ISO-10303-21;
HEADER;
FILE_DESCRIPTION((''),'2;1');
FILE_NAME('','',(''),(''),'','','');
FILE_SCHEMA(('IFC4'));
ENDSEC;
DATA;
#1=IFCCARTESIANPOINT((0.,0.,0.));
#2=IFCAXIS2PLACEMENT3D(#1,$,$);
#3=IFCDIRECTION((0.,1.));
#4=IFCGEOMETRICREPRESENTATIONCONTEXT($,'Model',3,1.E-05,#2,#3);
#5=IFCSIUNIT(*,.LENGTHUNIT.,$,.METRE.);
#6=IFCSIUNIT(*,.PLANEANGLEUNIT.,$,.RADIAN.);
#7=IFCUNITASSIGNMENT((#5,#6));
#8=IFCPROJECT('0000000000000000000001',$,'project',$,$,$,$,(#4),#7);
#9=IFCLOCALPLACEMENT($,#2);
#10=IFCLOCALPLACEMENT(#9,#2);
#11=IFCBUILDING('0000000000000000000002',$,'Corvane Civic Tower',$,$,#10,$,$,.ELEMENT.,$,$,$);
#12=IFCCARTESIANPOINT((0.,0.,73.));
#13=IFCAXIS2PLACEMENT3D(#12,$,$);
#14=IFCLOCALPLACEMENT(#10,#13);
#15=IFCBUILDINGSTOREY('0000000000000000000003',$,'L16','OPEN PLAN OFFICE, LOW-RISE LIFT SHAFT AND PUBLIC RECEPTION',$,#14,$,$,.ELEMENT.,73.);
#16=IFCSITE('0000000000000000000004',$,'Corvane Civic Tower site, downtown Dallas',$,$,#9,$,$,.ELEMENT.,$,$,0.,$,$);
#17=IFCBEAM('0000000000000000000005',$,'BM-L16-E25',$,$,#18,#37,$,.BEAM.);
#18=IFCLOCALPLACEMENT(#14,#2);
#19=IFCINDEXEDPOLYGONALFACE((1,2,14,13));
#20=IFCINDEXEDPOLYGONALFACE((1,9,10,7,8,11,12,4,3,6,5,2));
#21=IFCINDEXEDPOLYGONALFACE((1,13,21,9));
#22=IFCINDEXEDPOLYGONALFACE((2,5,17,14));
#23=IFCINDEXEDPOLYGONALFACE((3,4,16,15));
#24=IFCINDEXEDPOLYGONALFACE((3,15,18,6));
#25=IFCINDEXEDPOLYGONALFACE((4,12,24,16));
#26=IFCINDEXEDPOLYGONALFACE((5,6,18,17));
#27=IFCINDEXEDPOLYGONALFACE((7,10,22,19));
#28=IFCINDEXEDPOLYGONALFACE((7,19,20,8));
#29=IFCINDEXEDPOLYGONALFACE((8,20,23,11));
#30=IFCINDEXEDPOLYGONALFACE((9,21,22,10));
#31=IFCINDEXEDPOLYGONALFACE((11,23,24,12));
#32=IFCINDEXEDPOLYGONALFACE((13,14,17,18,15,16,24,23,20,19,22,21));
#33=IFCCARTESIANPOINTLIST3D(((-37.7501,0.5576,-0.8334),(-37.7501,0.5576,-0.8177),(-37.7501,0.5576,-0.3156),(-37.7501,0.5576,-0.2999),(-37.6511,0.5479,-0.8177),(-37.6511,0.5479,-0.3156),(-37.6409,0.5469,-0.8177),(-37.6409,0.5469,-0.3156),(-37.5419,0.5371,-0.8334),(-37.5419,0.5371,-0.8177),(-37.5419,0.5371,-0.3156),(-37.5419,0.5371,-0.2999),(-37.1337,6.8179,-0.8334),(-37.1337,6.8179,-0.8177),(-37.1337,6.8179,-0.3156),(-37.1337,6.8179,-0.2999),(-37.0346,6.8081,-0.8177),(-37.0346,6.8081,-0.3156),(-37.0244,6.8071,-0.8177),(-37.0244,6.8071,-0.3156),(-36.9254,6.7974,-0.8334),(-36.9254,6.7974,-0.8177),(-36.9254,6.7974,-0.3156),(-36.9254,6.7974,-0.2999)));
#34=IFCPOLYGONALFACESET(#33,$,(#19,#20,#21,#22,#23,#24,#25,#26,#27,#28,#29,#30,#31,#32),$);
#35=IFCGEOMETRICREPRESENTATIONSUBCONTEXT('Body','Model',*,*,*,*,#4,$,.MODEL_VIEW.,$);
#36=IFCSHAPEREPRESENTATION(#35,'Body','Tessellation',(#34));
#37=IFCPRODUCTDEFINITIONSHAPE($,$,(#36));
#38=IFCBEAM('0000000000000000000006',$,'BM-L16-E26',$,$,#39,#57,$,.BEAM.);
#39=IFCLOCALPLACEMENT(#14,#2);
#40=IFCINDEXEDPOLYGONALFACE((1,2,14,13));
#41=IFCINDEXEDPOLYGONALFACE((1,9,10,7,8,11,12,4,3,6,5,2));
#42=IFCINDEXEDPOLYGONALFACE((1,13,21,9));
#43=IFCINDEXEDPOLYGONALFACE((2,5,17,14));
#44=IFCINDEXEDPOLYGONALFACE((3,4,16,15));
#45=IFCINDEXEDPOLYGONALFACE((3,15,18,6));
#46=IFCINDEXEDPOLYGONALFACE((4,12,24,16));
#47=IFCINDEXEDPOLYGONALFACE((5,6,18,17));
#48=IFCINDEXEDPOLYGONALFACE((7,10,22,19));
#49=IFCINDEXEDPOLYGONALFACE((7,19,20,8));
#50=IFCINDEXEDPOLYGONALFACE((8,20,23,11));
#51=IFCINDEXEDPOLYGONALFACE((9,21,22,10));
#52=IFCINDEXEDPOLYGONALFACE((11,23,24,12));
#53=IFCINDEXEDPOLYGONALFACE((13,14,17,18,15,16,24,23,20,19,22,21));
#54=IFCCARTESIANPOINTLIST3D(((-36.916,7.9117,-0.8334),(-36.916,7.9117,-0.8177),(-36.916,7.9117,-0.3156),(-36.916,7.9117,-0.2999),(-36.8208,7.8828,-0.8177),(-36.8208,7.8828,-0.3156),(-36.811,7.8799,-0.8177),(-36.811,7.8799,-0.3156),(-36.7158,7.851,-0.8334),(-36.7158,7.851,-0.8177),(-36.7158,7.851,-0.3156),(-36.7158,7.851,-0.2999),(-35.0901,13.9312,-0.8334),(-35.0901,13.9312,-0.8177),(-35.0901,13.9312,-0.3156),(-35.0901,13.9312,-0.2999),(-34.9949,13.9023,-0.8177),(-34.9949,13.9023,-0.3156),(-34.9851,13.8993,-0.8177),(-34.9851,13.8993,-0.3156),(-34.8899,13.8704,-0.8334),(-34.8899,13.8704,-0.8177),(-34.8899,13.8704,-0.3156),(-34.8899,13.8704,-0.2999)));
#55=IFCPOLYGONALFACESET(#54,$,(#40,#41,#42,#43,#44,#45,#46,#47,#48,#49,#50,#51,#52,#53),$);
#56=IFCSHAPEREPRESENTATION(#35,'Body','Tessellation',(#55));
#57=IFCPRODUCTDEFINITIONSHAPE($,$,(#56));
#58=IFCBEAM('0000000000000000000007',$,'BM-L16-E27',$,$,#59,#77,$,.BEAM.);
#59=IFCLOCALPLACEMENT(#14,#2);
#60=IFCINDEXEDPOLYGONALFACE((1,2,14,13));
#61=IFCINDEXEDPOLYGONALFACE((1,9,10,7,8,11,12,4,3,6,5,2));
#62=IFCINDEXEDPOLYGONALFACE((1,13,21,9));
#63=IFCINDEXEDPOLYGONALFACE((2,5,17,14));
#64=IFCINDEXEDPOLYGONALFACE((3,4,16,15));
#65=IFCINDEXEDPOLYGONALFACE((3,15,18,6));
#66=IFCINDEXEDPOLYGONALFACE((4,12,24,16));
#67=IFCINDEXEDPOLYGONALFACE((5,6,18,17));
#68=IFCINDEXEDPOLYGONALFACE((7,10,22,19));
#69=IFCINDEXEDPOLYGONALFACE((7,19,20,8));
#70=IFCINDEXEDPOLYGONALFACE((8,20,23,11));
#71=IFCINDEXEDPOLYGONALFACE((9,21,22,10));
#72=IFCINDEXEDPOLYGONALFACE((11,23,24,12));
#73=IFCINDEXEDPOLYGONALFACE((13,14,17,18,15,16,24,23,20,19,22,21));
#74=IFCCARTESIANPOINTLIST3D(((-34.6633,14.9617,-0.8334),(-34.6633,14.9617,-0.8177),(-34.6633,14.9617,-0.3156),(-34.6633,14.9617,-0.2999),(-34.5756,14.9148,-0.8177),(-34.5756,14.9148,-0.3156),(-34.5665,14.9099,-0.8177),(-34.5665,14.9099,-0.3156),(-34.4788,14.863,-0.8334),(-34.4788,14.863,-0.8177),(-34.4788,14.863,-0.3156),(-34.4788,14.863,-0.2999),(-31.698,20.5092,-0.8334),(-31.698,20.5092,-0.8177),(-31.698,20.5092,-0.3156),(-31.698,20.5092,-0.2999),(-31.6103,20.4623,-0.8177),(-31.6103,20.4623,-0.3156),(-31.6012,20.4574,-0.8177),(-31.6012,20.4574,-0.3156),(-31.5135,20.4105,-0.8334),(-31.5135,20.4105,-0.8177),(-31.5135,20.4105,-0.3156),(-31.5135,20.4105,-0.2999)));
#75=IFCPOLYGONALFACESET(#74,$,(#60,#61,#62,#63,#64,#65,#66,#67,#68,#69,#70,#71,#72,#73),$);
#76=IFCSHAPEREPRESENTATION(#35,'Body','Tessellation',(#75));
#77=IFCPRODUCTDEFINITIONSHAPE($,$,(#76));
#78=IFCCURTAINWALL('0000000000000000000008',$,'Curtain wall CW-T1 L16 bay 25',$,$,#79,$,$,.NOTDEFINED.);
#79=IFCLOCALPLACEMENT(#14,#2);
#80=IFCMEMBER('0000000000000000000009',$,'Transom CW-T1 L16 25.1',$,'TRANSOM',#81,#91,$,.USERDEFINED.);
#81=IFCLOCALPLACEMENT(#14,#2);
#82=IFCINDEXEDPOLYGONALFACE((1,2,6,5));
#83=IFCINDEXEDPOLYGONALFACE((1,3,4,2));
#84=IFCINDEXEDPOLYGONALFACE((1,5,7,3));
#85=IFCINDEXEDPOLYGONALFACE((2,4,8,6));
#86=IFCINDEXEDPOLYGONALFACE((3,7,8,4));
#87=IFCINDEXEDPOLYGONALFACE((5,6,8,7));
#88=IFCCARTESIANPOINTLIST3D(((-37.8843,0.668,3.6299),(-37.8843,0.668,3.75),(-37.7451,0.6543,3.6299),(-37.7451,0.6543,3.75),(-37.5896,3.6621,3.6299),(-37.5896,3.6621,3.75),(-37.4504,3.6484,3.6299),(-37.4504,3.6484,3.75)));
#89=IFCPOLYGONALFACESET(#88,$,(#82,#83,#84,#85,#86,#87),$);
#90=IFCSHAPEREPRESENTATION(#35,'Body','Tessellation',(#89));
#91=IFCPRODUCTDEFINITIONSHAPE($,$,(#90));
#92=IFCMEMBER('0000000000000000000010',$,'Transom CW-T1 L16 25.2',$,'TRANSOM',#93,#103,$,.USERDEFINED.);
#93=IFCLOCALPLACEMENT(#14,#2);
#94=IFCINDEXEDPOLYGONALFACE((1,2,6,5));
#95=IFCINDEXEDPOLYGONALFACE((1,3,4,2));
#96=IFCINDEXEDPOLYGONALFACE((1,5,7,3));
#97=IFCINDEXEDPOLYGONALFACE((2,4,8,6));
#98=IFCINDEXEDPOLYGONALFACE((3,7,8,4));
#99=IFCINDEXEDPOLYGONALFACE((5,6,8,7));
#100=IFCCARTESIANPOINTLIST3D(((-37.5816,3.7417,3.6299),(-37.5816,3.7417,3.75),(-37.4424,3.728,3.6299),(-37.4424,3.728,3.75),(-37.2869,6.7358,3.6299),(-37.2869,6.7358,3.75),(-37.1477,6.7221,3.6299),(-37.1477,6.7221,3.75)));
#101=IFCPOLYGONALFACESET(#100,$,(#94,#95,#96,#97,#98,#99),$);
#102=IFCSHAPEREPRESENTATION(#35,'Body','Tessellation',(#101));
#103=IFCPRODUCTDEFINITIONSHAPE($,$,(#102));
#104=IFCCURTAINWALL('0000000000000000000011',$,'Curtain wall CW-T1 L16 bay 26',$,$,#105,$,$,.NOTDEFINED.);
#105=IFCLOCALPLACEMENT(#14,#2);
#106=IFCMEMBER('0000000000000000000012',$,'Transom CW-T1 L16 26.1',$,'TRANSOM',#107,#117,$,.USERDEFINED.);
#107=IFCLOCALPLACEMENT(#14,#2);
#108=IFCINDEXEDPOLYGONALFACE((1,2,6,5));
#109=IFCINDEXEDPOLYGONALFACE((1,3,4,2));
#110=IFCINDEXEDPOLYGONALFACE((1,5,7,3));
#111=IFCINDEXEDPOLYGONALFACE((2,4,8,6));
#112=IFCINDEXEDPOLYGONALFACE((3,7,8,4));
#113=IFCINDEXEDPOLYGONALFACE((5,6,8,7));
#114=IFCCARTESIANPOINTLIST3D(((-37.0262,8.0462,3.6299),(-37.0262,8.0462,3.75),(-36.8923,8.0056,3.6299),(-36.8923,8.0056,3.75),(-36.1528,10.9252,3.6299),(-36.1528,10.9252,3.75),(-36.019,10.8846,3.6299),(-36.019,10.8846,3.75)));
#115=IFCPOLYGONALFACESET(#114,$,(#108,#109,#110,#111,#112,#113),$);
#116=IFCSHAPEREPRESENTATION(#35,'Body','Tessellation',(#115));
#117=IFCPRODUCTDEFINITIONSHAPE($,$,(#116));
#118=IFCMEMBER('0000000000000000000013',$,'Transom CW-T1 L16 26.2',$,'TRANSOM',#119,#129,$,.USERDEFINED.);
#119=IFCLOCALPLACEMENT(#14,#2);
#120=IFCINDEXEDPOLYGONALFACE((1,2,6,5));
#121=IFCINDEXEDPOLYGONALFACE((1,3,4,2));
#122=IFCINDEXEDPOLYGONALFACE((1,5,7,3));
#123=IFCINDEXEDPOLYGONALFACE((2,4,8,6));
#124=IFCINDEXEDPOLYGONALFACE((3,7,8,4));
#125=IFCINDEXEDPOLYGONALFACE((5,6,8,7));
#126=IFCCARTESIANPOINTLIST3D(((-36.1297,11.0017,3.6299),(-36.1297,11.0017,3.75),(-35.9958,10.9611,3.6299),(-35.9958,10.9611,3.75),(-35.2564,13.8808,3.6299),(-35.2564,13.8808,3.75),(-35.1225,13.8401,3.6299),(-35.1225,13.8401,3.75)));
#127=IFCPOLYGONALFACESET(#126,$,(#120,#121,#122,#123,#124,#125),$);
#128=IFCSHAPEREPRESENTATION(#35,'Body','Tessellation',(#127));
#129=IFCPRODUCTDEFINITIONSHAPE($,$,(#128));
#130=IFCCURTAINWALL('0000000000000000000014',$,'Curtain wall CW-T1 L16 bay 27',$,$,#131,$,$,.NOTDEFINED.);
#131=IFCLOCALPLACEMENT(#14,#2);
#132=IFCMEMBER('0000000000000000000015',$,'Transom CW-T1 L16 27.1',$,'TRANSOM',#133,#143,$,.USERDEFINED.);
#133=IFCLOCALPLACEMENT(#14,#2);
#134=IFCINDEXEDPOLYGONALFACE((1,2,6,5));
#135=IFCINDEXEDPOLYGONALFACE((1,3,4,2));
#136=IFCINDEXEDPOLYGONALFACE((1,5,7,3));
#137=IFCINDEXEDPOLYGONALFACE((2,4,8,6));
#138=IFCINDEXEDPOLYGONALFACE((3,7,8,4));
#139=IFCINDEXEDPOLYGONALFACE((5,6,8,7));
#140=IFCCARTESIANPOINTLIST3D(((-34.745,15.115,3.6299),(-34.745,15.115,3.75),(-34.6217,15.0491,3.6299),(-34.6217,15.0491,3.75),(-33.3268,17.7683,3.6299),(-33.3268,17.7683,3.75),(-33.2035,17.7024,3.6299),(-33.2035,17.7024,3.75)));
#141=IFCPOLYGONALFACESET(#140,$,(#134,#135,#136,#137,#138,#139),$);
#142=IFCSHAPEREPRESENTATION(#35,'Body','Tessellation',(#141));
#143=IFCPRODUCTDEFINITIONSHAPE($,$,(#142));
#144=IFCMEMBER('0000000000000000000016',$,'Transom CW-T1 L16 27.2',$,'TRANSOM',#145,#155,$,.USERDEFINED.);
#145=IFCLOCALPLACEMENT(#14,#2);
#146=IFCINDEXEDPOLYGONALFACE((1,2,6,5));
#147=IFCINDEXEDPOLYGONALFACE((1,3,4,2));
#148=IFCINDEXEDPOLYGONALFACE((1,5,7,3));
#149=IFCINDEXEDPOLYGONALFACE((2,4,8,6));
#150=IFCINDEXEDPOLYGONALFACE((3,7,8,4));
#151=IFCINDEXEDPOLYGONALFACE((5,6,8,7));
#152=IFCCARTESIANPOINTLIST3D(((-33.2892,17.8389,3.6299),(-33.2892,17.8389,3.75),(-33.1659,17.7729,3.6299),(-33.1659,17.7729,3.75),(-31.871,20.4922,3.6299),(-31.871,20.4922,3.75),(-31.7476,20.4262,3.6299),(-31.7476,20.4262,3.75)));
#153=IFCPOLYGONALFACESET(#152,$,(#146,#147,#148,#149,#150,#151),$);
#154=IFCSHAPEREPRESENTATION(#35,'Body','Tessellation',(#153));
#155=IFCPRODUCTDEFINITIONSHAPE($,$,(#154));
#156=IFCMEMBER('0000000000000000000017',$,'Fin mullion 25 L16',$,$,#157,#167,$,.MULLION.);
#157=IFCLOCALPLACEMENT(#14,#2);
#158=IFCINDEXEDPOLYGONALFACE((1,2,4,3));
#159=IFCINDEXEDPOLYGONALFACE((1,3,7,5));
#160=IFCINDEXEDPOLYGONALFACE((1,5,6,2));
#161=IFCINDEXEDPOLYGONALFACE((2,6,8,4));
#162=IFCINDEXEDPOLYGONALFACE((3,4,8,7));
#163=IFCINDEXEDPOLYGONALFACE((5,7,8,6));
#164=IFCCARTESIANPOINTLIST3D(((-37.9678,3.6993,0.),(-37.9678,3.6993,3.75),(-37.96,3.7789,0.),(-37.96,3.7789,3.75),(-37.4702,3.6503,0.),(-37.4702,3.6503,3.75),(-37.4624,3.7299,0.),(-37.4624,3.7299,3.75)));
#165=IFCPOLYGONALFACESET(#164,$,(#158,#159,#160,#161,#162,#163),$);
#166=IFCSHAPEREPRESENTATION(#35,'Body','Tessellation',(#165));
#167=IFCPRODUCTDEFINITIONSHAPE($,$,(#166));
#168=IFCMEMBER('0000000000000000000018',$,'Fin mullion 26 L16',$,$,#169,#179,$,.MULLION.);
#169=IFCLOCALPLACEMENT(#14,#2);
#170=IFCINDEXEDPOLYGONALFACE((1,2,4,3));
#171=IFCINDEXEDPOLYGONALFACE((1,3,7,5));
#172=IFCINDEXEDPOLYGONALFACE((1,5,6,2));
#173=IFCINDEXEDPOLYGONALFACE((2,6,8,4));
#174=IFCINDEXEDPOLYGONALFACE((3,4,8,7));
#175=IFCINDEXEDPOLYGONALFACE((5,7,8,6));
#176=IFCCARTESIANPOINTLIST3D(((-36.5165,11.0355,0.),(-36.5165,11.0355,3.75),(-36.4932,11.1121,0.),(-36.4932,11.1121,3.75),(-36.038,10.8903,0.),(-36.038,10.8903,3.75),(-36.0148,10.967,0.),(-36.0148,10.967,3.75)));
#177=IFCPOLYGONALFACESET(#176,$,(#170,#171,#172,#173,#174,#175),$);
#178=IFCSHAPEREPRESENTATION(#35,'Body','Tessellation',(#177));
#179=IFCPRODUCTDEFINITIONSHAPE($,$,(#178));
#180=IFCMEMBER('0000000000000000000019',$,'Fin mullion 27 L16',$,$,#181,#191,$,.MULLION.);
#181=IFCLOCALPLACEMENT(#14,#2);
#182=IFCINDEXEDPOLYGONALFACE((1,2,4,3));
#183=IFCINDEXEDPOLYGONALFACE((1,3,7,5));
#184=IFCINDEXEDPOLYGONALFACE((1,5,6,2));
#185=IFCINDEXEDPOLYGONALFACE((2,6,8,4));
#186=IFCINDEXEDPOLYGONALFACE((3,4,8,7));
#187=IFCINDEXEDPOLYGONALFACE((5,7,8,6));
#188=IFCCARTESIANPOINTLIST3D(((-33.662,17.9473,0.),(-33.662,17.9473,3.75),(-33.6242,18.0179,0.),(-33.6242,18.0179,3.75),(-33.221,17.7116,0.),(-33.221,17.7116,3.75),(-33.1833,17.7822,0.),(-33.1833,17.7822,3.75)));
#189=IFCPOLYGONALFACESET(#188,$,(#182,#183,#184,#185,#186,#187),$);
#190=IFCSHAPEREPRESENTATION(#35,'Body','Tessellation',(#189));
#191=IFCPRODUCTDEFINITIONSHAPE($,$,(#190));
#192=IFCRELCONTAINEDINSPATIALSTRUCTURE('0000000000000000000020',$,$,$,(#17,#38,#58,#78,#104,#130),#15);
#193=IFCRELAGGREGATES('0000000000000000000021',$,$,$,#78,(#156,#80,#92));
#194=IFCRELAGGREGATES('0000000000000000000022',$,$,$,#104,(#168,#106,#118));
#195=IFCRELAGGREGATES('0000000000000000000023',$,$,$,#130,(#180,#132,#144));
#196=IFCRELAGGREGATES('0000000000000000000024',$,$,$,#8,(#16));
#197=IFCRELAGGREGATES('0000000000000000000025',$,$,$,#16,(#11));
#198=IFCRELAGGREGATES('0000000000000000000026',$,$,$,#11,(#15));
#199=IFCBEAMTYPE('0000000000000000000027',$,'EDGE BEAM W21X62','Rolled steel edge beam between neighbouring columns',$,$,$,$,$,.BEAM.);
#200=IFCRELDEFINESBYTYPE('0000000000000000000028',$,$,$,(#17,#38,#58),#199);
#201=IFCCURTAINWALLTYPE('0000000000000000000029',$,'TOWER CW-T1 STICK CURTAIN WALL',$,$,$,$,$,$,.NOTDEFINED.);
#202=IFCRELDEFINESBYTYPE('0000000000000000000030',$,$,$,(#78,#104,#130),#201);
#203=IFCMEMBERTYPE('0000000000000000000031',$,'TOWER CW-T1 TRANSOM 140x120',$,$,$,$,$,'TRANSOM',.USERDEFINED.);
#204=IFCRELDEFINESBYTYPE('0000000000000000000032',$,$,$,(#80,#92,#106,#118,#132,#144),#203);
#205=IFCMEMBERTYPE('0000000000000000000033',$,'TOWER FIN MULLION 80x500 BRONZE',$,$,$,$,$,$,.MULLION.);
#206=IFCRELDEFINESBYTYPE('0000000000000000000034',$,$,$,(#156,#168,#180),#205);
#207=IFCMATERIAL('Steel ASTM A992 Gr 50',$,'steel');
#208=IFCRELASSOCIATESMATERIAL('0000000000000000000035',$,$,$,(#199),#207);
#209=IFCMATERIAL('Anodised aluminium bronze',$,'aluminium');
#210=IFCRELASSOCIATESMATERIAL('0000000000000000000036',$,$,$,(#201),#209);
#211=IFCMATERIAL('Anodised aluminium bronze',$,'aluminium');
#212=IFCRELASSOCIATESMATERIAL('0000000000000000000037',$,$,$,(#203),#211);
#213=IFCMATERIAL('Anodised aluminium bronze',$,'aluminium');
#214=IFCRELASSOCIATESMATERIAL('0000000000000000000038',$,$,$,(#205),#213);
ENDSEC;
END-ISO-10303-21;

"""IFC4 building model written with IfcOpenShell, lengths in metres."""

from ifc_helpers import new_model, si_unit, direction, frame, origin, origin_2d, place, context, subcontext, project, spatial, rectangle, i_section, extrude, material, material_profile, profile_set, type_object, element, aggregate, save


model = new_model("IFC4")

# Units and contexts
model_context = context("Model", 3, precision=1e-05, world=origin(), true_north=direction((0.0, 1.0)))
body_context = subcontext(model_context, "Body", "Model", "MODEL_VIEW")
ifc_project = project(units=[si_unit("LENGTHUNIT", "METRE"), si_unit("PLANEANGLEUNIT", "RADIAN")], contexts=[model_context])

# Site, building, storey
site_placement = place(None, origin())
site = spatial("IfcSite", under=ifc_project, at=site_placement, Name="Corvane Civic Tower site, downtown Dallas", CompositionType="ELEMENT", RefElevation=0.0)
building_placement = place(site_placement, origin())
building = spatial("IfcBuilding", under=site, at=building_placement, Name="Corvane Civic Tower", CompositionType="ELEMENT")
storey_placement = place(building_placement, frame((0.0, 0.0, 73.0)))
storey = spatial("IfcBuildingStorey", under=building, at=storey_placement, Name="L16", Description="OPEN PLAN OFFICE, LOW-RISE LIFT SHAFT AND PUBLIC RECEPTION", CompositionType="ELEMENT", Elevation=73.0)

# Beams
ifc_material_1 = material(Name="Steel ASTM A992 Gr 50", Category="steel")
ifc_material_profile_1 = material_profile(ifc_material_1, i_section(OverallWidth=0.2092, OverallDepth=0.5334, WebThickness=0.0103, FlangeThickness=0.0156, at=origin_2d()), Name="W21X62")
ifc_profile_set_1 = profile_set([ifc_material_profile_1], Name="Steel ASTM A992 Gr 50")
beam_type = type_object("IfcBeamType", Name="EDGE BEAM W21X62", Description="Rolled steel edge beam between neighbouring columns", PredefinedType="BEAM", material=ifc_profile_set_1)
beam_placement = place(storey_placement, frame((-37.646, 0.5474, -0.5667), z_axis=(0.097997, 0.995187, 0.0), x_axis=(-0.995187, 0.097997, 0.0)))
element("IfcBeam", 1, at=beam_placement, inside=storey, type_object=beam_type, Name="BM-L16-E25", PredefinedType="BEAM", context=body_context, shape_type="SweptSolid", body=[
    extrude(i_section(OverallWidth=0.2092, OverallDepth=0.5334, WebThickness=0.0103, FlangeThickness=0.0156, at=origin_2d()), origin(), (0.0, 0.0, 1.0), 6.2905),
])
for number, where, z_axis, x_axis, name in (
    (2, (-36.8159, 7.8813, -0.5667), (0.290273, 0.956944, 0.0), (-0.956944, 0.290273, 0.0), "BM-L16-E26"),
    (3, (-34.571, 14.9124, -0.5667), (0.471406, 0.881916, 0.0), (-0.881916, 0.471406, 0.0), "BM-L16-E27"),
):
    element("IfcBeam", number, at=place(storey_placement, frame(where, z_axis=z_axis, x_axis=x_axis)), inside=storey, type_object=beam_type, Name=name, PredefinedType="BEAM", context=body_context, shape_type="SweptSolid", body=[
        extrude(i_section(OverallWidth=0.2092, OverallDepth=0.5334, WebThickness=0.0103, FlangeThickness=0.0156, at=origin_2d()), origin(), (0.0, 0.0, 1.0), 6.2903),
    ])

# Curtain walls, members
ifc_material_2 = material(Name="Anodised aluminium bronze", Category="aluminium")
curtain_wall_type = type_object("IfcCurtainWallType", Name="TOWER CW-T1 STICK CURTAIN WALL", PredefinedType="NOTDEFINED", material=ifc_material_2)
curtain_wall_1_placement = place(storey_placement, origin())
curtain_wall_1 = element("IfcCurtainWall", 4, at=curtain_wall_1_placement, inside=storey, type_object=curtain_wall_type, Name="Curtain wall CW-T1 L16 bay 25", PredefinedType="NOTDEFINED")
ifc_material_3 = material(Name="Anodised aluminium bronze", Category="aluminium")
ifc_material_profile_2 = material_profile(ifc_material_3, rectangle(XDim=0.1399, YDim=0.1201, at=origin_2d()), Name="TOWER CW-T1 TRANSOM 140x120")
ifc_profile_set_2 = profile_set([ifc_material_profile_2], Name="Anodised aluminium bronze")
member_type_1 = type_object("IfcMemberType", Name="TOWER CW-T1 TRANSOM 140x120", ElementType="TRANSOM", PredefinedType="USERDEFINED", material=ifc_profile_set_2)
member_1_placement = place(storey_placement, frame((-37.8147, 0.6611, 3.6899), z_axis=(0.097945, 0.995192, 0.0), x_axis=(-0.995192, 0.097945, 0.0)))
member_1 = element("IfcMember", 5, at=member_1_placement, type_object=member_type_1, Name="Transom CW-T1 L16 25.1", ObjectType="TRANSOM", PredefinedType="USERDEFINED", context=body_context, shape_type="SweptSolid", body=[
    extrude(rectangle(XDim=0.1399, YDim=0.1201, at=origin_2d()), origin(), (0.0, 0.0, 1.0), 3.0085),
])
member_2_placement = place(storey_placement, frame((-37.512, 3.7349, 3.6899), z_axis=(0.097945, 0.995192, 0.0), x_axis=(-0.995192, 0.097945, 0.0)))
member_2 = element("IfcMember", 6, at=member_2_placement, type_object=member_type_1, Name="Transom CW-T1 L16 25.2", ObjectType="TRANSOM", PredefinedType="USERDEFINED", context=body_context, shape_type="SweptSolid", body=[
    extrude(rectangle(XDim=0.1399, YDim=0.1201, at=origin_2d()), origin(), (0.0, 0.0, 1.0), 3.0085),
])
curtain_wall_2_placement = place(storey_placement, origin())
curtain_wall_2 = element("IfcCurtainWall", 7, at=curtain_wall_2_placement, inside=storey, type_object=curtain_wall_type, Name="Curtain wall CW-T1 L16 bay 26", PredefinedType="NOTDEFINED")
member_3_placement = place(storey_placement, frame((-36.9592, 8.0259, 3.6899), z_axis=(0.29028, 0.956942, 0.0), x_axis=(-0.956942, 0.29028, 0.0)))
member_3 = element("IfcMember", 8, at=member_3_placement, type_object=member_type_1, Name="Transom CW-T1 L16 26.1", ObjectType="TRANSOM", PredefinedType="USERDEFINED", context=body_context, shape_type="SweptSolid", body=[
    extrude(rectangle(XDim=0.1399, YDim=0.1201, at=origin_2d()), origin(), (0.0, 0.0, 1.0), 3.0085),
])
member_4_placement = place(storey_placement, frame((-36.0627, 10.9814, 3.6899), z_axis=(0.29028, 0.956942, 0.0), x_axis=(-0.956942, 0.29028, 0.0)))
member_4 = element("IfcMember", 9, at=member_4_placement, type_object=member_type_1, Name="Transom CW-T1 L16 26.2", ObjectType="TRANSOM", PredefinedType="USERDEFINED", context=body_context, shape_type="SweptSolid", body=[
    extrude(rectangle(XDim=0.1399, YDim=0.1201, at=origin_2d()), origin(), (0.0, 0.0, 1.0), 3.0085),
])
curtain_wall_3_placement = place(storey_placement, origin())
curtain_wall_3 = element("IfcCurtainWall", 10, at=curtain_wall_3_placement, inside=storey, type_object=curtain_wall_type, Name="Curtain wall CW-T1 L16 bay 27", PredefinedType="NOTDEFINED")
member_5_placement = place(storey_placement, frame((-34.6833, 15.082, 3.6899), z_axis=(0.471393, 0.881924, 0.0), x_axis=(-0.881924, 0.471393, 0.0)))
member_5 = element("IfcMember", 11, at=member_5_placement, type_object=member_type_1, Name="Transom CW-T1 L16 27.1", ObjectType="TRANSOM", PredefinedType="USERDEFINED", context=body_context, shape_type="SweptSolid", body=[
    extrude(rectangle(XDim=0.1399, YDim=0.1201, at=origin_2d()), origin(), (0.0, 0.0, 1.0), 3.0085),
])
member_6_placement = place(storey_placement, frame((-33.2275, 17.8059, 3.6899), z_axis=(0.471393, 0.881924, 0.0), x_axis=(-0.881924, 0.471393, 0.0)))
member_6 = element("IfcMember", 12, at=member_6_placement, type_object=member_type_1, Name="Transom CW-T1 L16 27.2", ObjectType="TRANSOM", PredefinedType="USERDEFINED", context=body_context, shape_type="SweptSolid", body=[
    extrude(rectangle(XDim=0.1399, YDim=0.1201, at=origin_2d()), origin(), (0.0, 0.0, 1.0), 3.0085),
])

# Members
ifc_material_4 = material(Name="Anodised aluminium bronze", Category="aluminium")
ifc_material_profile_3 = material_profile(ifc_material_4, rectangle(XDim=0.0801, YDim=0.5, at=origin_2d()), Name="TOWER FIN MULLION 80x500 BRONZE")
ifc_profile_set_3 = profile_set([ifc_material_profile_3], Name="Anodised aluminium bronze")
member_type_2 = type_object("IfcMemberType", Name="TOWER FIN MULLION 80x500 BRONZE", PredefinedType="MULLION", material=ifc_profile_set_3)
member_7_placement = place(storey_placement, frame((-37.7151, 3.7146, 0.0), z_axis=(0.0, 0.0, 1.0), x_axis=(0.098006, 0.995186, 0.0)))
member_7 = element("IfcMember", 13, at=member_7_placement, type_object=member_type_2, Name="Fin mullion 25 L16", PredefinedType="MULLION", context=body_context, shape_type="SweptSolid", body=[
    extrude(rectangle(XDim=0.0801, YDim=0.5, at=origin_2d()), origin(), (0.0, 0.0, 1.0), 3.75),
])
member_8_placement = place(storey_placement, frame((-36.2656, 11.0012, 0.0), z_axis=(0.0, 0.0, 1.0), x_axis=(0.290278, 0.956942, 0.0)))
member_8 = element("IfcMember", 14, at=member_8_placement, type_object=member_type_2, Name="Fin mullion 26 L16", PredefinedType="MULLION", context=body_context, shape_type="SweptSolid", body=[
    extrude(rectangle(XDim=0.0801, YDim=0.5, at=origin_2d()), origin(), (0.0, 0.0, 1.0), 3.75),
])
member_9_placement = place(storey_placement, frame((-33.4226, 17.8647, 0.0), z_axis=(0.0, 0.0, 1.0), x_axis=(0.471404, 0.881918, 0.0)))
member_9 = element("IfcMember", 15, at=member_9_placement, type_object=member_type_2, Name="Fin mullion 27 L16", PredefinedType="MULLION", context=body_context, shape_type="SweptSolid", body=[
    extrude(rectangle(XDim=0.0801, YDim=0.5, at=origin_2d()), origin(), (0.0, 0.0, 1.0), 3.75),
])

aggregate(curtain_wall_1, [member_7, member_1, member_2])
aggregate(curtain_wall_2, [member_8, member_3, member_4])
aggregate(curtain_wall_3, [member_9, member_5, member_6])

save(model, "model.ifc")
